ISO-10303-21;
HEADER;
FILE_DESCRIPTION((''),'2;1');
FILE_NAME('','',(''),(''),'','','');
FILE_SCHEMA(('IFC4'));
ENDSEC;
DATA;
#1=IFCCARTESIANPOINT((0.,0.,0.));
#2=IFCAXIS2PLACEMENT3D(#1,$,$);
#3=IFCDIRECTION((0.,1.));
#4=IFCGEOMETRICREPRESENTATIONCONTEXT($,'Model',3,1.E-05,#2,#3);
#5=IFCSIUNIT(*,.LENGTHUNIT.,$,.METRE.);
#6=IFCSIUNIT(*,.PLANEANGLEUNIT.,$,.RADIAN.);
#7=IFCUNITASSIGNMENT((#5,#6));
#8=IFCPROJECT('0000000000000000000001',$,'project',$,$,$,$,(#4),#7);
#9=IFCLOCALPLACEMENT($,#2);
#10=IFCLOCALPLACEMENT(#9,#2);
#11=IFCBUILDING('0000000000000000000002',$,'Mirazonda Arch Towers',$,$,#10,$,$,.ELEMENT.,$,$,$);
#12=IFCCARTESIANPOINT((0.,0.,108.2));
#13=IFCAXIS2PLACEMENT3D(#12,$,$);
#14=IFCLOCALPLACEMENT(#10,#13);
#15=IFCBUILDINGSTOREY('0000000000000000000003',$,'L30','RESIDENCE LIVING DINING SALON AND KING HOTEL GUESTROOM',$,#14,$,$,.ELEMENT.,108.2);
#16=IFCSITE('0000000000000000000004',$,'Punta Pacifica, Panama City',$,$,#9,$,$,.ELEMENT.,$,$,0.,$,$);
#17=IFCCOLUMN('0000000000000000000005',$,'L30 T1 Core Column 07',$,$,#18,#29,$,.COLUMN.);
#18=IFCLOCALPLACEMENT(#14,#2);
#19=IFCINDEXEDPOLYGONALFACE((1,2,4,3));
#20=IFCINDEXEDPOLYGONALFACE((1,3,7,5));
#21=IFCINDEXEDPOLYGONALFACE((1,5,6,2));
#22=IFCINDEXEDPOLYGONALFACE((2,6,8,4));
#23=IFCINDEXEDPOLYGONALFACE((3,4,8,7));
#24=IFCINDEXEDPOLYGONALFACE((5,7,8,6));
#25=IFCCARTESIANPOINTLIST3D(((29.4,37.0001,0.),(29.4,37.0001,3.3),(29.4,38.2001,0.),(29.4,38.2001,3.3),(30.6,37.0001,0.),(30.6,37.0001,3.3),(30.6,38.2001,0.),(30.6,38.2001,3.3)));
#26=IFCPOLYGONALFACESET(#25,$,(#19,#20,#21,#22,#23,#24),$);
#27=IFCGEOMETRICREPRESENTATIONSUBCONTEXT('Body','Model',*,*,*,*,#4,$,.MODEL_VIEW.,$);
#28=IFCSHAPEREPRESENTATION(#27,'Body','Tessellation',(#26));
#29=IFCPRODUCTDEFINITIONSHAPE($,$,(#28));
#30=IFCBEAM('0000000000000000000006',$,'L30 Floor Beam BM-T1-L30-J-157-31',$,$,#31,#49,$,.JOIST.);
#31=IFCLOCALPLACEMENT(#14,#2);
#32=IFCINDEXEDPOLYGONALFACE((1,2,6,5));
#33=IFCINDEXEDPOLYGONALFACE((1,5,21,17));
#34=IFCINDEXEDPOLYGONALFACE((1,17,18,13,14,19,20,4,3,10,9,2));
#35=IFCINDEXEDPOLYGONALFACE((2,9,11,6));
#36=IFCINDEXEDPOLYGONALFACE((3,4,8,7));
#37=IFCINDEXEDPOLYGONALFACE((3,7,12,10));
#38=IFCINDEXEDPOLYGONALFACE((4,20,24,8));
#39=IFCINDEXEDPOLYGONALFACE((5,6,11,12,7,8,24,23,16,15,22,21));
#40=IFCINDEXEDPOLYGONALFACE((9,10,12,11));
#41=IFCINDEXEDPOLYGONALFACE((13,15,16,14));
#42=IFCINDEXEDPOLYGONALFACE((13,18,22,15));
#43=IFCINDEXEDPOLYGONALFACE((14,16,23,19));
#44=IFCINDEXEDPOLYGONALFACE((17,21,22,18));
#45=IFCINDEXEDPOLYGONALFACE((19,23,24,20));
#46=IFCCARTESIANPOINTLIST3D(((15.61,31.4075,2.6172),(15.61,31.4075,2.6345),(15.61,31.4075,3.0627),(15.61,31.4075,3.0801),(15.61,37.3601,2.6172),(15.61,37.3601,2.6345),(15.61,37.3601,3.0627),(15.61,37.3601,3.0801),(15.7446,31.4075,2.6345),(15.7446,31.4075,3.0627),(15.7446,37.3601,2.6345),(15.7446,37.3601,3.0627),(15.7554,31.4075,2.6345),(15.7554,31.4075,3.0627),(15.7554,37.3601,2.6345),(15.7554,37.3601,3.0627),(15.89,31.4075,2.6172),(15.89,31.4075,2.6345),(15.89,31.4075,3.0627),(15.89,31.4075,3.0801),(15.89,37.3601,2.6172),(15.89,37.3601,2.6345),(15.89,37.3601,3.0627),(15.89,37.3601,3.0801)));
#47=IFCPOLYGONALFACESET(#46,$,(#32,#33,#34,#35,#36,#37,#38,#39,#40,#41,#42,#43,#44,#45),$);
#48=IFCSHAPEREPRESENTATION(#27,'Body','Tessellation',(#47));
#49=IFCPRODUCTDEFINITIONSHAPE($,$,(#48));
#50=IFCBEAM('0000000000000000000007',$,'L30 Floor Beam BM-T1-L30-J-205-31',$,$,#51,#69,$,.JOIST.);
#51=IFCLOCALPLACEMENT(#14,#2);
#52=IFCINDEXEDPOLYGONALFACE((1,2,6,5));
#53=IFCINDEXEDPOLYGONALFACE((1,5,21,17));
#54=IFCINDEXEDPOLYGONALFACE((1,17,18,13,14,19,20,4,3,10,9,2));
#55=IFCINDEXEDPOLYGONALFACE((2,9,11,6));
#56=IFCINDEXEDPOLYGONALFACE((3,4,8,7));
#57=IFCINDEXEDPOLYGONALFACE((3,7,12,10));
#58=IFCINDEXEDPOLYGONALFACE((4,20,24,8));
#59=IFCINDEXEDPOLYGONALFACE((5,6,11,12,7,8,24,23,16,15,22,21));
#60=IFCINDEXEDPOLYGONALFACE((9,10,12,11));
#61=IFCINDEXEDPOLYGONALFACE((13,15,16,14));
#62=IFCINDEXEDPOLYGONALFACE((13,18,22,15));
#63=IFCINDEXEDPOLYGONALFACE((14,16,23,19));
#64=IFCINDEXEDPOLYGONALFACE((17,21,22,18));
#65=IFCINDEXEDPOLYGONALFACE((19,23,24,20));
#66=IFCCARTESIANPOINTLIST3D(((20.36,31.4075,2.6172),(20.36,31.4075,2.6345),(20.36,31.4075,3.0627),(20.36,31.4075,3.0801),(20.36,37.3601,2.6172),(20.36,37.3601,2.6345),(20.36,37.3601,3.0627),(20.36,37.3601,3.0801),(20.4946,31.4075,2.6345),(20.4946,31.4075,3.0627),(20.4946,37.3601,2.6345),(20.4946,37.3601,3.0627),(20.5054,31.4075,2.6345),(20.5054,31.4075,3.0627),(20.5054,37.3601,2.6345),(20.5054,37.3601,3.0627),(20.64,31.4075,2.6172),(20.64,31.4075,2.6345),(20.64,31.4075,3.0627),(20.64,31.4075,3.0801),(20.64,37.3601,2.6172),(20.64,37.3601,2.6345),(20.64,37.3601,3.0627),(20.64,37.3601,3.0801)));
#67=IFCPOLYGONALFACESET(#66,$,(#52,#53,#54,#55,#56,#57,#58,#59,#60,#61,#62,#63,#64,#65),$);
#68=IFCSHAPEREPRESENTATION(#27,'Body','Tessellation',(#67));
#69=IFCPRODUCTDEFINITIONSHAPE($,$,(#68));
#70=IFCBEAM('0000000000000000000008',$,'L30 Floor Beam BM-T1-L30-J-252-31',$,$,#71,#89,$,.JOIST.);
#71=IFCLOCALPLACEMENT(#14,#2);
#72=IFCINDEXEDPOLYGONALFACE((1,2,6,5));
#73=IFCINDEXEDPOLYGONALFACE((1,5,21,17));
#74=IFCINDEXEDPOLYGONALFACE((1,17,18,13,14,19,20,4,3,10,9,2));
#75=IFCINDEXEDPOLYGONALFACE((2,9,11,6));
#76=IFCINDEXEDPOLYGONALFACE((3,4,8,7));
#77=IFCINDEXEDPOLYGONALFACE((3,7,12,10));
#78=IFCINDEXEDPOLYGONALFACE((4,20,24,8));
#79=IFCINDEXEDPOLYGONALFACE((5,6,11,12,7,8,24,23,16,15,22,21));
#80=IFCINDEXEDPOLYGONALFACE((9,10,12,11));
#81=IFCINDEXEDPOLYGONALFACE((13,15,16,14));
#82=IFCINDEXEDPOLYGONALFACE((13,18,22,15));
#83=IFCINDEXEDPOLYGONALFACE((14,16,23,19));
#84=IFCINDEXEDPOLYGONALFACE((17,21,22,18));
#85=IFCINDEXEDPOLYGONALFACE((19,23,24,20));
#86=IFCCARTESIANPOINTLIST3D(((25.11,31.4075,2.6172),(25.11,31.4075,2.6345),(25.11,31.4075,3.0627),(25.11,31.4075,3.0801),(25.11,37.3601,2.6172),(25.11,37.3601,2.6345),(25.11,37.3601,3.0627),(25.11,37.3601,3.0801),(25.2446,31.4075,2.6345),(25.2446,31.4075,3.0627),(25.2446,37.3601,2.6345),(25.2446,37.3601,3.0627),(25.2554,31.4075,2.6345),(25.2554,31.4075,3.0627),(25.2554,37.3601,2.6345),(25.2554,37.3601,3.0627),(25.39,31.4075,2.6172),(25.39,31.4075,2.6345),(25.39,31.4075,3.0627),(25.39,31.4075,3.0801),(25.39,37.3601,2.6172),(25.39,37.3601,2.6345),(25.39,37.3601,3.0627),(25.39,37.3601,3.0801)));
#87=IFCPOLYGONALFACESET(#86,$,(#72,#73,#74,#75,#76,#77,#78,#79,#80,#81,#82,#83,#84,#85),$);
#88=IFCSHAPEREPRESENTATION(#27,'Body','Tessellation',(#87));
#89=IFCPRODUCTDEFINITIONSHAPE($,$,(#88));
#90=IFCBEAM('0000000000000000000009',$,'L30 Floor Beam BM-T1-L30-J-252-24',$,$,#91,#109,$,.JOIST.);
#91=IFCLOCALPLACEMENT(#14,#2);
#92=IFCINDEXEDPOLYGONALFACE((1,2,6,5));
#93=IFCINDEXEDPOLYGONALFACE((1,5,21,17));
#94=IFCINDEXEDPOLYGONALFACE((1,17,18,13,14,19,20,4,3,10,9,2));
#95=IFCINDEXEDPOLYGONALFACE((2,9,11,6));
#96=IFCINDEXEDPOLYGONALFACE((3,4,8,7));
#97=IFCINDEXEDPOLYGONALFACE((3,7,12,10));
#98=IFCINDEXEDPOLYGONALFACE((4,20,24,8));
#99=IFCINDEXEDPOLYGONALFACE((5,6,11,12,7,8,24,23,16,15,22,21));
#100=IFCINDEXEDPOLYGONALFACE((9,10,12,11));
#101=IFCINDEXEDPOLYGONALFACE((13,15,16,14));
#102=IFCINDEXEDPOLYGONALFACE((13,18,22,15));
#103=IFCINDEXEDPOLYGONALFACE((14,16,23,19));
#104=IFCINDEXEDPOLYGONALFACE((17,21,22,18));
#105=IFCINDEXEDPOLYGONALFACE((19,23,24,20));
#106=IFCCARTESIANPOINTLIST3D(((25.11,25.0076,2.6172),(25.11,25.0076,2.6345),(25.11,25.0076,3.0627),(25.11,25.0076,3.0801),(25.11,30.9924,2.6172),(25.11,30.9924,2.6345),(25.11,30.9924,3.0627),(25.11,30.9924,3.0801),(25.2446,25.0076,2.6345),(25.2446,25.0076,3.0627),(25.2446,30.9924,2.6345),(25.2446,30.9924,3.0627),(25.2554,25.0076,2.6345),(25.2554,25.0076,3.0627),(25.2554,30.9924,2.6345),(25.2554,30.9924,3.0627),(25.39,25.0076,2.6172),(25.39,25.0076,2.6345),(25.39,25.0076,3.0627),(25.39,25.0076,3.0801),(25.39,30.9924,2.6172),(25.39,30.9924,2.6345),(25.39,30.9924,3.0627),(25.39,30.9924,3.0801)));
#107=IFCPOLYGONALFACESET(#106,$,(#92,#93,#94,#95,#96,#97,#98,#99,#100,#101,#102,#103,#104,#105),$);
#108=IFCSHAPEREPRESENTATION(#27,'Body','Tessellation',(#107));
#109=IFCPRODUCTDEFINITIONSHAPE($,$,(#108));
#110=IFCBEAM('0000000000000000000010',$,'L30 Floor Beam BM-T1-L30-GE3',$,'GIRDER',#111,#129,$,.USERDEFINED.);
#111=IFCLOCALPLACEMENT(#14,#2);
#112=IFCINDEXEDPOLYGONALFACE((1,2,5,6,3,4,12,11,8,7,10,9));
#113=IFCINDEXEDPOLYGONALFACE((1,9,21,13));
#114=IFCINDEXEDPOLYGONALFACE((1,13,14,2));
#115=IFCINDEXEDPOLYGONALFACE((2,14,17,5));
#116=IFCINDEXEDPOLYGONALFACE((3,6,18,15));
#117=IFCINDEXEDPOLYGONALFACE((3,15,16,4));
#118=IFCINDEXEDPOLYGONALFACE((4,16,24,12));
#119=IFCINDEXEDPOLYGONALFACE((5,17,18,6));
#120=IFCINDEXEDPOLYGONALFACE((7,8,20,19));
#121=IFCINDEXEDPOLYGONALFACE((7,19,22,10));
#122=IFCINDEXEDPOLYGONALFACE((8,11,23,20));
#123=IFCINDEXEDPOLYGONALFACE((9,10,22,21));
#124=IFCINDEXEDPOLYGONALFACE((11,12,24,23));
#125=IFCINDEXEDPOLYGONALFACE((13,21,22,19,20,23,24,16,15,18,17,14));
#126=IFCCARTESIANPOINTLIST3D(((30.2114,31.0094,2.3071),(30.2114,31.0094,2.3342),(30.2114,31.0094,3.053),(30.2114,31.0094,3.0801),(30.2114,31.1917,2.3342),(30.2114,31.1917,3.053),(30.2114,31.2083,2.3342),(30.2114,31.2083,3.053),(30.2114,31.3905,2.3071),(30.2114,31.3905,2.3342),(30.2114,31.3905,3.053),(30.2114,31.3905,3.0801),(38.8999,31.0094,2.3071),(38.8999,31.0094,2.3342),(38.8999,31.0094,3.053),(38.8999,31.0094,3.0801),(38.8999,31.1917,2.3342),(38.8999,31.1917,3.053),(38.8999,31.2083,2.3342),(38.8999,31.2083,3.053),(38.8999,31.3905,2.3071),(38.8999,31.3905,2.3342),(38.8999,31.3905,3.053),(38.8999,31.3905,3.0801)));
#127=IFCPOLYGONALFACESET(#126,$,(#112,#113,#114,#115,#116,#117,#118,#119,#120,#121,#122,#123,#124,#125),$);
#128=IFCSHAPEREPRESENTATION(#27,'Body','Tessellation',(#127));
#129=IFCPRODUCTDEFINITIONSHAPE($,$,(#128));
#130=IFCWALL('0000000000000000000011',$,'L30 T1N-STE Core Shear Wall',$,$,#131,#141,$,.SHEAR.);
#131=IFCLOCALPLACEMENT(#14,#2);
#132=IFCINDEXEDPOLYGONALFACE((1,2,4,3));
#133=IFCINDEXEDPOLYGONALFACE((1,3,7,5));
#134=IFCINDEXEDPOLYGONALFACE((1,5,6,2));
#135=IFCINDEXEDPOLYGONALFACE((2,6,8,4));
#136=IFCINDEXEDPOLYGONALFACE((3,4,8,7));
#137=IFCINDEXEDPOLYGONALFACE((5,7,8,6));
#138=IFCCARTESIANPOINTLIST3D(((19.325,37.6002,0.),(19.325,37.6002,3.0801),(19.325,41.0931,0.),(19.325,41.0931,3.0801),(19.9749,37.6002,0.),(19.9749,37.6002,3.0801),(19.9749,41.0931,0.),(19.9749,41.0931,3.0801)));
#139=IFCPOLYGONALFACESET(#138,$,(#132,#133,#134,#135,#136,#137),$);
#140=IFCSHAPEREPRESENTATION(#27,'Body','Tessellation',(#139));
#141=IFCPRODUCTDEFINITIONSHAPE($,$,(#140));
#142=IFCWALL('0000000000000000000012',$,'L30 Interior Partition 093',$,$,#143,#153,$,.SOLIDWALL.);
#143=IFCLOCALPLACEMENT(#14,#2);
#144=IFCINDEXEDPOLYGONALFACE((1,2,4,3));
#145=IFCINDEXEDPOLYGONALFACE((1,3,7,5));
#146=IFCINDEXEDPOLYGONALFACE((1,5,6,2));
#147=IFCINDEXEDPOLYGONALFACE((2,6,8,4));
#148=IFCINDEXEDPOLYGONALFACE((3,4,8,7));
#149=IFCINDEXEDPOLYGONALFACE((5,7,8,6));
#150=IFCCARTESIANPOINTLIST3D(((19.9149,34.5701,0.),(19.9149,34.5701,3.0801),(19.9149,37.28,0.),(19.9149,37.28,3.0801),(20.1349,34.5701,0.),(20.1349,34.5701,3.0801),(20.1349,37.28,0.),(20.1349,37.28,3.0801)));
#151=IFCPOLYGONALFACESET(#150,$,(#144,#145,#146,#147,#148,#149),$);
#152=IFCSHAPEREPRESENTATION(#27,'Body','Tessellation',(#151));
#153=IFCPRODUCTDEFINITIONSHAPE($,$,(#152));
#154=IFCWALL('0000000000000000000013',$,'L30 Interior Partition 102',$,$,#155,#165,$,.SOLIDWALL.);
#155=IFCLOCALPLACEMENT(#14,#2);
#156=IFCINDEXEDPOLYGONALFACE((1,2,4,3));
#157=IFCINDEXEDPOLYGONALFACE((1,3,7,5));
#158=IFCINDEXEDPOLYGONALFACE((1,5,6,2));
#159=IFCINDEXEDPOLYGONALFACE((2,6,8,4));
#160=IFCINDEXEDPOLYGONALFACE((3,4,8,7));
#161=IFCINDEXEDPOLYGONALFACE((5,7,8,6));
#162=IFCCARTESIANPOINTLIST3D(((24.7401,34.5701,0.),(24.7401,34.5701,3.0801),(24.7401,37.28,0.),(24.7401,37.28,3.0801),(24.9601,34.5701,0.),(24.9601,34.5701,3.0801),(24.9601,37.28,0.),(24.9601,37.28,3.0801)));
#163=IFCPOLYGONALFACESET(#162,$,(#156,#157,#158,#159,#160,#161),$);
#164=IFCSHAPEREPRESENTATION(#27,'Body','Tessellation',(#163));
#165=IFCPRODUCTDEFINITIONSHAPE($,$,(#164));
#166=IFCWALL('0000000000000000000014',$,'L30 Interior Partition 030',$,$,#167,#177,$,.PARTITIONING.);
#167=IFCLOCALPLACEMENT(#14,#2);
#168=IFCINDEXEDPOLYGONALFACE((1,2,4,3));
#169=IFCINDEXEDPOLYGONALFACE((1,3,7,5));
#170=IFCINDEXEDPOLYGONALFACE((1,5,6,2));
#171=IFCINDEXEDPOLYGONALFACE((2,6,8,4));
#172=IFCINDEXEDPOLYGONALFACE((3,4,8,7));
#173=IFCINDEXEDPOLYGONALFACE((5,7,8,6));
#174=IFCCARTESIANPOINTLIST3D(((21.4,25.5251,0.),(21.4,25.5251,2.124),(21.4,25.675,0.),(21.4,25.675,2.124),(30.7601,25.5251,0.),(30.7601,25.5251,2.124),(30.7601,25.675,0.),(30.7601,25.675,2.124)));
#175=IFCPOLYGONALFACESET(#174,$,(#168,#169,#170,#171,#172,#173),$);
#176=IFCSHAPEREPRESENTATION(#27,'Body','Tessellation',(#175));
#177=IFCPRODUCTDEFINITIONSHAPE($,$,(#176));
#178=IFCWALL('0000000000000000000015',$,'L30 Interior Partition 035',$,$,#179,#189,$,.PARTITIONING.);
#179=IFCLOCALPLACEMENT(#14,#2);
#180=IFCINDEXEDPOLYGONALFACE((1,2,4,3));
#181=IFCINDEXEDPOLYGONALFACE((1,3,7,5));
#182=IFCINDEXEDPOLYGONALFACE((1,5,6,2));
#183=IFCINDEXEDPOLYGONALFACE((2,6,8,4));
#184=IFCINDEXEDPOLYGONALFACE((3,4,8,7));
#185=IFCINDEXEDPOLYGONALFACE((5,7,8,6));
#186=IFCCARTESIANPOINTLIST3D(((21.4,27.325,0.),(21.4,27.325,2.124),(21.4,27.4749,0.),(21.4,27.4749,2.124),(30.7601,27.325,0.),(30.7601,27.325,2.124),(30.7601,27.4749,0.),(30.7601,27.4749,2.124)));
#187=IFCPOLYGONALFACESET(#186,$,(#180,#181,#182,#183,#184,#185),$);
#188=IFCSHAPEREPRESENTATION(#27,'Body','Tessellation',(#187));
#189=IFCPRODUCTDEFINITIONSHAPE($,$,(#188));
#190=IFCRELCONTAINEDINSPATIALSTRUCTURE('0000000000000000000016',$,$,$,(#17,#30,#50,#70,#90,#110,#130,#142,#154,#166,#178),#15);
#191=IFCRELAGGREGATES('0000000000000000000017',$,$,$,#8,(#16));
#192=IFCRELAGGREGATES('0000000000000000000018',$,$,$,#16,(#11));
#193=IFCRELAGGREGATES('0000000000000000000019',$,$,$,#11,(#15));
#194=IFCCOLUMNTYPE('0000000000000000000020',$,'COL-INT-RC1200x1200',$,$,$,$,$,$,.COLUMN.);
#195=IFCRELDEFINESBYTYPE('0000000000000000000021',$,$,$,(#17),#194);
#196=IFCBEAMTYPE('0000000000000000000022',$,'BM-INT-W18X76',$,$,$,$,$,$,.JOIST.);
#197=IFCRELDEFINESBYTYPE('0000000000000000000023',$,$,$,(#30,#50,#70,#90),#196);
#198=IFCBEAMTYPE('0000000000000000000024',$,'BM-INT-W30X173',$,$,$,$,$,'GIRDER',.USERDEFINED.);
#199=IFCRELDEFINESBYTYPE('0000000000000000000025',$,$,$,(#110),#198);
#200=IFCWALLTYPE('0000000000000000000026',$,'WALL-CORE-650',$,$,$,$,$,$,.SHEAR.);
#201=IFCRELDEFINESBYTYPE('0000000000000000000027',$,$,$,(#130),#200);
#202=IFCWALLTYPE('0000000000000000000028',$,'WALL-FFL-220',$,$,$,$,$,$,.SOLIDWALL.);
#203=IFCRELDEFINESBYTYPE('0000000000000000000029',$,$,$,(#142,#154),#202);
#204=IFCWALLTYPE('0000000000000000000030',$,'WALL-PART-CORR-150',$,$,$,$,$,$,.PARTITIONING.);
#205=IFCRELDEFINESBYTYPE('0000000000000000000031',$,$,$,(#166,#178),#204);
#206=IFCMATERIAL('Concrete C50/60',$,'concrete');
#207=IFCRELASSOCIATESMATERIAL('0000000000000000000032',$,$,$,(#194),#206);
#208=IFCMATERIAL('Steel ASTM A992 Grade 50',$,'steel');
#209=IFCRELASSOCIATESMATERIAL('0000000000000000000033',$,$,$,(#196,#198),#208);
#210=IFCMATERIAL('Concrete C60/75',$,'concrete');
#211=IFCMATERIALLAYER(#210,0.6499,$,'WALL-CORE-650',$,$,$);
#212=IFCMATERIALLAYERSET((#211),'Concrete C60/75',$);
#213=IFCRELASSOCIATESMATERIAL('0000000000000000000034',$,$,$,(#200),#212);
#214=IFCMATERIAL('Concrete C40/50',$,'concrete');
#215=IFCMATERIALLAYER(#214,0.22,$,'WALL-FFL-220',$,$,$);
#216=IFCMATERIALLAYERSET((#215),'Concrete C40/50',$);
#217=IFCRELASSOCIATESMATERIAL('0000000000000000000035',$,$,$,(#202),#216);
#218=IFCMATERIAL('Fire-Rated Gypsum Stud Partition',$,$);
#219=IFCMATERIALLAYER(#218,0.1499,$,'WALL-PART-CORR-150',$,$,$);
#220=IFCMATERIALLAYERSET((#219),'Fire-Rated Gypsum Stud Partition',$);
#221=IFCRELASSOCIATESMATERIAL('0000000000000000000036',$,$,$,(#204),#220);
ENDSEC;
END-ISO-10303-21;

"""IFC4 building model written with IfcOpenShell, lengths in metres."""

from ifc_helpers import new_model, si_unit, direction, frame, frame_2d, origin, origin_2d, place, context, subcontext, project, spatial, rectangle, i_section, extrude, material, layer, layer_set, material_profile, profile_set, type_object, element, save


model = new_model("IFC4")

# Units and contexts
model_context = context("Model", 3, precision=1e-05, world=origin(), true_north=direction((0.0, 1.0)))
body_context = subcontext(model_context, "Body", "Model", "MODEL_VIEW")
ifc_project = project(units=[si_unit("LENGTHUNIT", "METRE"), si_unit("PLANEANGLEUNIT", "RADIAN")], contexts=[model_context])

# Site, building, storey
site_placement = place(None, origin())
site = spatial("IfcSite", under=ifc_project, at=site_placement, Name="Punta Pacifica, Panama City", CompositionType="ELEMENT", RefElevation=0.0)
building_placement = place(site_placement, origin())
building = spatial("IfcBuilding", under=site, at=building_placement, Name="Mirazonda Arch Towers", CompositionType="ELEMENT")
storey_placement = place(building_placement, frame((0.0, 0.0, 108.2)))
storey = spatial("IfcBuildingStorey", under=building, at=storey_placement, Name="L30", Description="RESIDENCE LIVING DINING SALON AND KING HOTEL GUESTROOM", CompositionType="ELEMENT", Elevation=108.2)

# Column
ifc_material_1 = material(Name="Concrete C50/60", Category="concrete")
ifc_material_profile_1 = material_profile(ifc_material_1, rectangle(XDim=1.2, YDim=1.2, at=origin_2d()), Name="RC1200x1200")
ifc_profile_set_1 = profile_set([ifc_material_profile_1], Name="Concrete C50/60")
column_type = type_object("IfcColumnType", Name="COL-INT-RC1200x1200", PredefinedType="COLUMN", material=ifc_profile_set_1)
column_placement = place(storey_placement, frame((30.0, 37.6001, 0.0), z_axis=(0.0, 0.0, 1.0), x_axis=(1.0, 0.0, 0.0)))
element("IfcColumn", 1, at=column_placement, inside=storey, type_object=column_type, Name="L30 T1 Core Column 07", PredefinedType="COLUMN", context=body_context, shape_type="SweptSolid", body=[
    extrude(rectangle(XDim=1.2, YDim=1.2, at=origin_2d()), origin(), (0.0, 0.0, 1.0), 3.3),
])

# Beams
ifc_material_2 = material(Name="Steel ASTM A992 Grade 50", Category="steel")
ifc_material_profile_2 = material_profile(ifc_material_2, i_section(OverallWidth=0.28, OverallDepth=0.4629, WebThickness=0.0107, FlangeThickness=0.0173, at=origin_2d()), Name="W18X76")
ifc_profile_set_2 = profile_set([ifc_material_profile_2], Name="Steel ASTM A992 Grade 50")
beam_type_1 = type_object("IfcBeamType", Name="BM-INT-W18X76", PredefinedType="JOIST", material=ifc_profile_set_2)
for number, where, z_axis, x_axis, name in (
    (2, (15.75, 31.4075, 2.8486), (0.0, 1.0, 0.0), (-1.0, 0.0, 0.0), "L30 Floor Beam BM-T1-L30-J-157-31"),
    (3, (20.5, 31.4075, 2.8486), (0.0, 1.0, 0.0), (-1.0, 0.0, 0.0), "L30 Floor Beam BM-T1-L30-J-205-31"),
    (4, (25.25, 31.4075, 2.8486), (0.0, 1.0, 0.0), (-1.0, 0.0, 0.0), "L30 Floor Beam BM-T1-L30-J-252-31"),
):
    element("IfcBeam", number, at=place(storey_placement, frame(where, z_axis=z_axis, x_axis=x_axis)), inside=storey, type_object=beam_type_1, Name=name, PredefinedType="JOIST", context=body_context, shape_type="SweptSolid", body=[
        extrude(i_section(OverallWidth=0.28, OverallDepth=0.4629, WebThickness=0.0107, FlangeThickness=0.0173, at=origin_2d()), origin(), (0.0, 0.0, 1.0), 5.9526),
    ])
beam_1_placement = place(storey_placement, frame((25.25, 25.0076, 2.8486), z_axis=(0.0, 1.0, 0.0), x_axis=(-1.0, 0.0, 0.0)))
element("IfcBeam", 5, at=beam_1_placement, inside=storey, type_object=beam_type_1, Name="L30 Floor Beam BM-T1-L30-J-252-24", PredefinedType="JOIST", context=body_context, shape_type="SweptSolid", body=[
    extrude(i_section(OverallWidth=0.28, OverallDepth=0.4629, WebThickness=0.0107, FlangeThickness=0.0173, at=origin_2d()), origin(), (0.0, 0.0, 1.0), 5.9849),
])
ifc_material_profile_3 = material_profile(ifc_material_2, i_section(OverallWidth=0.3811, OverallDepth=0.7729, WebThickness=0.0166, FlangeThickness=0.0271, at=origin_2d()), Name="W30X173")
ifc_profile_set_3 = profile_set([ifc_material_profile_3], Name="Steel ASTM A992 Grade 50")
beam_type_2 = type_object("IfcBeamType", Name="BM-INT-W30X173", ElementType="GIRDER", PredefinedType="USERDEFINED", material=ifc_profile_set_3)
beam_2_placement = place(storey_placement, frame((30.2114, 31.2, 2.6936), z_axis=(1.0, 0.0, 0.0), x_axis=(0.0, 1.0, 0.0)))
element("IfcBeam", 6, at=beam_2_placement, inside=storey, type_object=beam_type_2, Name="L30 Floor Beam BM-T1-L30-GE3", ObjectType="GIRDER", PredefinedType="USERDEFINED", context=body_context, shape_type="SweptSolid", body=[
    extrude(i_section(OverallWidth=0.3811, OverallDepth=0.7729, WebThickness=0.0166, FlangeThickness=0.0271, at=origin_2d()), origin(), (0.0, 0.0, 1.0), 8.6885),
])

# Walls
ifc_material_3 = material(Name="Concrete C60/75", Category="concrete")
ifc_layer_1 = layer(ifc_material_3, 0.6499, Name="WALL-CORE-650")
ifc_layer_set_1 = layer_set([ifc_layer_1], Name="Concrete C60/75")
wall_type_1 = type_object("IfcWallType", Name="WALL-CORE-650", PredefinedType="SHEAR", material=ifc_layer_set_1)
wall_1_placement = place(storey_placement, frame((19.6499, 37.6001, 0.0), z_axis=(0.0, 0.0, 1.0), x_axis=(0.0, 1.0, 0.0)))
element("IfcWall", 7, at=wall_1_placement, inside=storey, type_object=wall_type_1, Name="L30 T1N-STE Core Shear Wall", PredefinedType="SHEAR", context=body_context, shape_type="SweptSolid", body=[
    extrude(rectangle(XDim=3.4929, YDim=0.6499, at=frame_2d((1.7466, 0.0))), origin(), (0.0, 0.0, 1.0), 3.0801),
])
ifc_material_4 = material(Name="Concrete C40/50", Category="concrete")
ifc_layer_2 = layer(ifc_material_4, 0.22, Name="WALL-FFL-220")
ifc_layer_set_2 = layer_set([ifc_layer_2], Name="Concrete C40/50")
wall_type_2 = type_object("IfcWallType", Name="WALL-FFL-220", PredefinedType="SOLIDWALL", material=ifc_layer_set_2)
for number, where, z_axis, x_axis, name in (
    (8, (20.0249, 34.5701, 0.0), (0.0, 0.0, 1.0), (0.0, 1.0, 0.0), "L30 Interior Partition 093"),
    (9, (24.8501, 34.5701, 0.0), (0.0, 0.0, 1.0), (0.0, 1.0, 0.0), "L30 Interior Partition 102"),
):
    element("IfcWall", number, at=place(storey_placement, frame(where, z_axis=z_axis, x_axis=x_axis)), inside=storey, type_object=wall_type_2, Name=name, PredefinedType="SOLIDWALL", context=body_context, shape_type="SweptSolid", body=[
        extrude(rectangle(XDim=2.71, YDim=0.22, at=frame_2d((1.355, 0.0))), origin(), (0.0, 0.0, 1.0), 3.0801),
    ])
ifc_material_5 = material(Name="Fire-Rated Gypsum Stud Partition")
ifc_layer_3 = layer(ifc_material_5, 0.1499, Name="WALL-PART-CORR-150")
ifc_layer_set_3 = layer_set([ifc_layer_3], Name="Fire-Rated Gypsum Stud Partition")
wall_type_3 = type_object("IfcWallType", Name="WALL-PART-CORR-150", PredefinedType="PARTITIONING", material=ifc_layer_set_3)
for number, where, z_axis, x_axis, name in (
    (10, (21.3999, 25.6001, 0.0), (0.0, 0.0, 1.0), (1.0, 0.0, 0.0), "L30 Interior Partition 030"),
    (11, (21.3999, 27.3999, 0.0), (0.0, 0.0, 1.0), (1.0, 0.0, 0.0), "L30 Interior Partition 035"),
):
    element("IfcWall", number, at=place(storey_placement, frame(where, z_axis=z_axis, x_axis=x_axis)), inside=storey, type_object=wall_type_3, Name=name, PredefinedType="PARTITIONING", context=body_context, shape_type="SweptSolid", body=[
        extrude(rectangle(XDim=9.3601, YDim=0.1499, at=frame_2d((4.6802, 0.0))), origin(), (0.0, 0.0, 1.0), 2.124),
    ])

save(model, "model.ifc")
